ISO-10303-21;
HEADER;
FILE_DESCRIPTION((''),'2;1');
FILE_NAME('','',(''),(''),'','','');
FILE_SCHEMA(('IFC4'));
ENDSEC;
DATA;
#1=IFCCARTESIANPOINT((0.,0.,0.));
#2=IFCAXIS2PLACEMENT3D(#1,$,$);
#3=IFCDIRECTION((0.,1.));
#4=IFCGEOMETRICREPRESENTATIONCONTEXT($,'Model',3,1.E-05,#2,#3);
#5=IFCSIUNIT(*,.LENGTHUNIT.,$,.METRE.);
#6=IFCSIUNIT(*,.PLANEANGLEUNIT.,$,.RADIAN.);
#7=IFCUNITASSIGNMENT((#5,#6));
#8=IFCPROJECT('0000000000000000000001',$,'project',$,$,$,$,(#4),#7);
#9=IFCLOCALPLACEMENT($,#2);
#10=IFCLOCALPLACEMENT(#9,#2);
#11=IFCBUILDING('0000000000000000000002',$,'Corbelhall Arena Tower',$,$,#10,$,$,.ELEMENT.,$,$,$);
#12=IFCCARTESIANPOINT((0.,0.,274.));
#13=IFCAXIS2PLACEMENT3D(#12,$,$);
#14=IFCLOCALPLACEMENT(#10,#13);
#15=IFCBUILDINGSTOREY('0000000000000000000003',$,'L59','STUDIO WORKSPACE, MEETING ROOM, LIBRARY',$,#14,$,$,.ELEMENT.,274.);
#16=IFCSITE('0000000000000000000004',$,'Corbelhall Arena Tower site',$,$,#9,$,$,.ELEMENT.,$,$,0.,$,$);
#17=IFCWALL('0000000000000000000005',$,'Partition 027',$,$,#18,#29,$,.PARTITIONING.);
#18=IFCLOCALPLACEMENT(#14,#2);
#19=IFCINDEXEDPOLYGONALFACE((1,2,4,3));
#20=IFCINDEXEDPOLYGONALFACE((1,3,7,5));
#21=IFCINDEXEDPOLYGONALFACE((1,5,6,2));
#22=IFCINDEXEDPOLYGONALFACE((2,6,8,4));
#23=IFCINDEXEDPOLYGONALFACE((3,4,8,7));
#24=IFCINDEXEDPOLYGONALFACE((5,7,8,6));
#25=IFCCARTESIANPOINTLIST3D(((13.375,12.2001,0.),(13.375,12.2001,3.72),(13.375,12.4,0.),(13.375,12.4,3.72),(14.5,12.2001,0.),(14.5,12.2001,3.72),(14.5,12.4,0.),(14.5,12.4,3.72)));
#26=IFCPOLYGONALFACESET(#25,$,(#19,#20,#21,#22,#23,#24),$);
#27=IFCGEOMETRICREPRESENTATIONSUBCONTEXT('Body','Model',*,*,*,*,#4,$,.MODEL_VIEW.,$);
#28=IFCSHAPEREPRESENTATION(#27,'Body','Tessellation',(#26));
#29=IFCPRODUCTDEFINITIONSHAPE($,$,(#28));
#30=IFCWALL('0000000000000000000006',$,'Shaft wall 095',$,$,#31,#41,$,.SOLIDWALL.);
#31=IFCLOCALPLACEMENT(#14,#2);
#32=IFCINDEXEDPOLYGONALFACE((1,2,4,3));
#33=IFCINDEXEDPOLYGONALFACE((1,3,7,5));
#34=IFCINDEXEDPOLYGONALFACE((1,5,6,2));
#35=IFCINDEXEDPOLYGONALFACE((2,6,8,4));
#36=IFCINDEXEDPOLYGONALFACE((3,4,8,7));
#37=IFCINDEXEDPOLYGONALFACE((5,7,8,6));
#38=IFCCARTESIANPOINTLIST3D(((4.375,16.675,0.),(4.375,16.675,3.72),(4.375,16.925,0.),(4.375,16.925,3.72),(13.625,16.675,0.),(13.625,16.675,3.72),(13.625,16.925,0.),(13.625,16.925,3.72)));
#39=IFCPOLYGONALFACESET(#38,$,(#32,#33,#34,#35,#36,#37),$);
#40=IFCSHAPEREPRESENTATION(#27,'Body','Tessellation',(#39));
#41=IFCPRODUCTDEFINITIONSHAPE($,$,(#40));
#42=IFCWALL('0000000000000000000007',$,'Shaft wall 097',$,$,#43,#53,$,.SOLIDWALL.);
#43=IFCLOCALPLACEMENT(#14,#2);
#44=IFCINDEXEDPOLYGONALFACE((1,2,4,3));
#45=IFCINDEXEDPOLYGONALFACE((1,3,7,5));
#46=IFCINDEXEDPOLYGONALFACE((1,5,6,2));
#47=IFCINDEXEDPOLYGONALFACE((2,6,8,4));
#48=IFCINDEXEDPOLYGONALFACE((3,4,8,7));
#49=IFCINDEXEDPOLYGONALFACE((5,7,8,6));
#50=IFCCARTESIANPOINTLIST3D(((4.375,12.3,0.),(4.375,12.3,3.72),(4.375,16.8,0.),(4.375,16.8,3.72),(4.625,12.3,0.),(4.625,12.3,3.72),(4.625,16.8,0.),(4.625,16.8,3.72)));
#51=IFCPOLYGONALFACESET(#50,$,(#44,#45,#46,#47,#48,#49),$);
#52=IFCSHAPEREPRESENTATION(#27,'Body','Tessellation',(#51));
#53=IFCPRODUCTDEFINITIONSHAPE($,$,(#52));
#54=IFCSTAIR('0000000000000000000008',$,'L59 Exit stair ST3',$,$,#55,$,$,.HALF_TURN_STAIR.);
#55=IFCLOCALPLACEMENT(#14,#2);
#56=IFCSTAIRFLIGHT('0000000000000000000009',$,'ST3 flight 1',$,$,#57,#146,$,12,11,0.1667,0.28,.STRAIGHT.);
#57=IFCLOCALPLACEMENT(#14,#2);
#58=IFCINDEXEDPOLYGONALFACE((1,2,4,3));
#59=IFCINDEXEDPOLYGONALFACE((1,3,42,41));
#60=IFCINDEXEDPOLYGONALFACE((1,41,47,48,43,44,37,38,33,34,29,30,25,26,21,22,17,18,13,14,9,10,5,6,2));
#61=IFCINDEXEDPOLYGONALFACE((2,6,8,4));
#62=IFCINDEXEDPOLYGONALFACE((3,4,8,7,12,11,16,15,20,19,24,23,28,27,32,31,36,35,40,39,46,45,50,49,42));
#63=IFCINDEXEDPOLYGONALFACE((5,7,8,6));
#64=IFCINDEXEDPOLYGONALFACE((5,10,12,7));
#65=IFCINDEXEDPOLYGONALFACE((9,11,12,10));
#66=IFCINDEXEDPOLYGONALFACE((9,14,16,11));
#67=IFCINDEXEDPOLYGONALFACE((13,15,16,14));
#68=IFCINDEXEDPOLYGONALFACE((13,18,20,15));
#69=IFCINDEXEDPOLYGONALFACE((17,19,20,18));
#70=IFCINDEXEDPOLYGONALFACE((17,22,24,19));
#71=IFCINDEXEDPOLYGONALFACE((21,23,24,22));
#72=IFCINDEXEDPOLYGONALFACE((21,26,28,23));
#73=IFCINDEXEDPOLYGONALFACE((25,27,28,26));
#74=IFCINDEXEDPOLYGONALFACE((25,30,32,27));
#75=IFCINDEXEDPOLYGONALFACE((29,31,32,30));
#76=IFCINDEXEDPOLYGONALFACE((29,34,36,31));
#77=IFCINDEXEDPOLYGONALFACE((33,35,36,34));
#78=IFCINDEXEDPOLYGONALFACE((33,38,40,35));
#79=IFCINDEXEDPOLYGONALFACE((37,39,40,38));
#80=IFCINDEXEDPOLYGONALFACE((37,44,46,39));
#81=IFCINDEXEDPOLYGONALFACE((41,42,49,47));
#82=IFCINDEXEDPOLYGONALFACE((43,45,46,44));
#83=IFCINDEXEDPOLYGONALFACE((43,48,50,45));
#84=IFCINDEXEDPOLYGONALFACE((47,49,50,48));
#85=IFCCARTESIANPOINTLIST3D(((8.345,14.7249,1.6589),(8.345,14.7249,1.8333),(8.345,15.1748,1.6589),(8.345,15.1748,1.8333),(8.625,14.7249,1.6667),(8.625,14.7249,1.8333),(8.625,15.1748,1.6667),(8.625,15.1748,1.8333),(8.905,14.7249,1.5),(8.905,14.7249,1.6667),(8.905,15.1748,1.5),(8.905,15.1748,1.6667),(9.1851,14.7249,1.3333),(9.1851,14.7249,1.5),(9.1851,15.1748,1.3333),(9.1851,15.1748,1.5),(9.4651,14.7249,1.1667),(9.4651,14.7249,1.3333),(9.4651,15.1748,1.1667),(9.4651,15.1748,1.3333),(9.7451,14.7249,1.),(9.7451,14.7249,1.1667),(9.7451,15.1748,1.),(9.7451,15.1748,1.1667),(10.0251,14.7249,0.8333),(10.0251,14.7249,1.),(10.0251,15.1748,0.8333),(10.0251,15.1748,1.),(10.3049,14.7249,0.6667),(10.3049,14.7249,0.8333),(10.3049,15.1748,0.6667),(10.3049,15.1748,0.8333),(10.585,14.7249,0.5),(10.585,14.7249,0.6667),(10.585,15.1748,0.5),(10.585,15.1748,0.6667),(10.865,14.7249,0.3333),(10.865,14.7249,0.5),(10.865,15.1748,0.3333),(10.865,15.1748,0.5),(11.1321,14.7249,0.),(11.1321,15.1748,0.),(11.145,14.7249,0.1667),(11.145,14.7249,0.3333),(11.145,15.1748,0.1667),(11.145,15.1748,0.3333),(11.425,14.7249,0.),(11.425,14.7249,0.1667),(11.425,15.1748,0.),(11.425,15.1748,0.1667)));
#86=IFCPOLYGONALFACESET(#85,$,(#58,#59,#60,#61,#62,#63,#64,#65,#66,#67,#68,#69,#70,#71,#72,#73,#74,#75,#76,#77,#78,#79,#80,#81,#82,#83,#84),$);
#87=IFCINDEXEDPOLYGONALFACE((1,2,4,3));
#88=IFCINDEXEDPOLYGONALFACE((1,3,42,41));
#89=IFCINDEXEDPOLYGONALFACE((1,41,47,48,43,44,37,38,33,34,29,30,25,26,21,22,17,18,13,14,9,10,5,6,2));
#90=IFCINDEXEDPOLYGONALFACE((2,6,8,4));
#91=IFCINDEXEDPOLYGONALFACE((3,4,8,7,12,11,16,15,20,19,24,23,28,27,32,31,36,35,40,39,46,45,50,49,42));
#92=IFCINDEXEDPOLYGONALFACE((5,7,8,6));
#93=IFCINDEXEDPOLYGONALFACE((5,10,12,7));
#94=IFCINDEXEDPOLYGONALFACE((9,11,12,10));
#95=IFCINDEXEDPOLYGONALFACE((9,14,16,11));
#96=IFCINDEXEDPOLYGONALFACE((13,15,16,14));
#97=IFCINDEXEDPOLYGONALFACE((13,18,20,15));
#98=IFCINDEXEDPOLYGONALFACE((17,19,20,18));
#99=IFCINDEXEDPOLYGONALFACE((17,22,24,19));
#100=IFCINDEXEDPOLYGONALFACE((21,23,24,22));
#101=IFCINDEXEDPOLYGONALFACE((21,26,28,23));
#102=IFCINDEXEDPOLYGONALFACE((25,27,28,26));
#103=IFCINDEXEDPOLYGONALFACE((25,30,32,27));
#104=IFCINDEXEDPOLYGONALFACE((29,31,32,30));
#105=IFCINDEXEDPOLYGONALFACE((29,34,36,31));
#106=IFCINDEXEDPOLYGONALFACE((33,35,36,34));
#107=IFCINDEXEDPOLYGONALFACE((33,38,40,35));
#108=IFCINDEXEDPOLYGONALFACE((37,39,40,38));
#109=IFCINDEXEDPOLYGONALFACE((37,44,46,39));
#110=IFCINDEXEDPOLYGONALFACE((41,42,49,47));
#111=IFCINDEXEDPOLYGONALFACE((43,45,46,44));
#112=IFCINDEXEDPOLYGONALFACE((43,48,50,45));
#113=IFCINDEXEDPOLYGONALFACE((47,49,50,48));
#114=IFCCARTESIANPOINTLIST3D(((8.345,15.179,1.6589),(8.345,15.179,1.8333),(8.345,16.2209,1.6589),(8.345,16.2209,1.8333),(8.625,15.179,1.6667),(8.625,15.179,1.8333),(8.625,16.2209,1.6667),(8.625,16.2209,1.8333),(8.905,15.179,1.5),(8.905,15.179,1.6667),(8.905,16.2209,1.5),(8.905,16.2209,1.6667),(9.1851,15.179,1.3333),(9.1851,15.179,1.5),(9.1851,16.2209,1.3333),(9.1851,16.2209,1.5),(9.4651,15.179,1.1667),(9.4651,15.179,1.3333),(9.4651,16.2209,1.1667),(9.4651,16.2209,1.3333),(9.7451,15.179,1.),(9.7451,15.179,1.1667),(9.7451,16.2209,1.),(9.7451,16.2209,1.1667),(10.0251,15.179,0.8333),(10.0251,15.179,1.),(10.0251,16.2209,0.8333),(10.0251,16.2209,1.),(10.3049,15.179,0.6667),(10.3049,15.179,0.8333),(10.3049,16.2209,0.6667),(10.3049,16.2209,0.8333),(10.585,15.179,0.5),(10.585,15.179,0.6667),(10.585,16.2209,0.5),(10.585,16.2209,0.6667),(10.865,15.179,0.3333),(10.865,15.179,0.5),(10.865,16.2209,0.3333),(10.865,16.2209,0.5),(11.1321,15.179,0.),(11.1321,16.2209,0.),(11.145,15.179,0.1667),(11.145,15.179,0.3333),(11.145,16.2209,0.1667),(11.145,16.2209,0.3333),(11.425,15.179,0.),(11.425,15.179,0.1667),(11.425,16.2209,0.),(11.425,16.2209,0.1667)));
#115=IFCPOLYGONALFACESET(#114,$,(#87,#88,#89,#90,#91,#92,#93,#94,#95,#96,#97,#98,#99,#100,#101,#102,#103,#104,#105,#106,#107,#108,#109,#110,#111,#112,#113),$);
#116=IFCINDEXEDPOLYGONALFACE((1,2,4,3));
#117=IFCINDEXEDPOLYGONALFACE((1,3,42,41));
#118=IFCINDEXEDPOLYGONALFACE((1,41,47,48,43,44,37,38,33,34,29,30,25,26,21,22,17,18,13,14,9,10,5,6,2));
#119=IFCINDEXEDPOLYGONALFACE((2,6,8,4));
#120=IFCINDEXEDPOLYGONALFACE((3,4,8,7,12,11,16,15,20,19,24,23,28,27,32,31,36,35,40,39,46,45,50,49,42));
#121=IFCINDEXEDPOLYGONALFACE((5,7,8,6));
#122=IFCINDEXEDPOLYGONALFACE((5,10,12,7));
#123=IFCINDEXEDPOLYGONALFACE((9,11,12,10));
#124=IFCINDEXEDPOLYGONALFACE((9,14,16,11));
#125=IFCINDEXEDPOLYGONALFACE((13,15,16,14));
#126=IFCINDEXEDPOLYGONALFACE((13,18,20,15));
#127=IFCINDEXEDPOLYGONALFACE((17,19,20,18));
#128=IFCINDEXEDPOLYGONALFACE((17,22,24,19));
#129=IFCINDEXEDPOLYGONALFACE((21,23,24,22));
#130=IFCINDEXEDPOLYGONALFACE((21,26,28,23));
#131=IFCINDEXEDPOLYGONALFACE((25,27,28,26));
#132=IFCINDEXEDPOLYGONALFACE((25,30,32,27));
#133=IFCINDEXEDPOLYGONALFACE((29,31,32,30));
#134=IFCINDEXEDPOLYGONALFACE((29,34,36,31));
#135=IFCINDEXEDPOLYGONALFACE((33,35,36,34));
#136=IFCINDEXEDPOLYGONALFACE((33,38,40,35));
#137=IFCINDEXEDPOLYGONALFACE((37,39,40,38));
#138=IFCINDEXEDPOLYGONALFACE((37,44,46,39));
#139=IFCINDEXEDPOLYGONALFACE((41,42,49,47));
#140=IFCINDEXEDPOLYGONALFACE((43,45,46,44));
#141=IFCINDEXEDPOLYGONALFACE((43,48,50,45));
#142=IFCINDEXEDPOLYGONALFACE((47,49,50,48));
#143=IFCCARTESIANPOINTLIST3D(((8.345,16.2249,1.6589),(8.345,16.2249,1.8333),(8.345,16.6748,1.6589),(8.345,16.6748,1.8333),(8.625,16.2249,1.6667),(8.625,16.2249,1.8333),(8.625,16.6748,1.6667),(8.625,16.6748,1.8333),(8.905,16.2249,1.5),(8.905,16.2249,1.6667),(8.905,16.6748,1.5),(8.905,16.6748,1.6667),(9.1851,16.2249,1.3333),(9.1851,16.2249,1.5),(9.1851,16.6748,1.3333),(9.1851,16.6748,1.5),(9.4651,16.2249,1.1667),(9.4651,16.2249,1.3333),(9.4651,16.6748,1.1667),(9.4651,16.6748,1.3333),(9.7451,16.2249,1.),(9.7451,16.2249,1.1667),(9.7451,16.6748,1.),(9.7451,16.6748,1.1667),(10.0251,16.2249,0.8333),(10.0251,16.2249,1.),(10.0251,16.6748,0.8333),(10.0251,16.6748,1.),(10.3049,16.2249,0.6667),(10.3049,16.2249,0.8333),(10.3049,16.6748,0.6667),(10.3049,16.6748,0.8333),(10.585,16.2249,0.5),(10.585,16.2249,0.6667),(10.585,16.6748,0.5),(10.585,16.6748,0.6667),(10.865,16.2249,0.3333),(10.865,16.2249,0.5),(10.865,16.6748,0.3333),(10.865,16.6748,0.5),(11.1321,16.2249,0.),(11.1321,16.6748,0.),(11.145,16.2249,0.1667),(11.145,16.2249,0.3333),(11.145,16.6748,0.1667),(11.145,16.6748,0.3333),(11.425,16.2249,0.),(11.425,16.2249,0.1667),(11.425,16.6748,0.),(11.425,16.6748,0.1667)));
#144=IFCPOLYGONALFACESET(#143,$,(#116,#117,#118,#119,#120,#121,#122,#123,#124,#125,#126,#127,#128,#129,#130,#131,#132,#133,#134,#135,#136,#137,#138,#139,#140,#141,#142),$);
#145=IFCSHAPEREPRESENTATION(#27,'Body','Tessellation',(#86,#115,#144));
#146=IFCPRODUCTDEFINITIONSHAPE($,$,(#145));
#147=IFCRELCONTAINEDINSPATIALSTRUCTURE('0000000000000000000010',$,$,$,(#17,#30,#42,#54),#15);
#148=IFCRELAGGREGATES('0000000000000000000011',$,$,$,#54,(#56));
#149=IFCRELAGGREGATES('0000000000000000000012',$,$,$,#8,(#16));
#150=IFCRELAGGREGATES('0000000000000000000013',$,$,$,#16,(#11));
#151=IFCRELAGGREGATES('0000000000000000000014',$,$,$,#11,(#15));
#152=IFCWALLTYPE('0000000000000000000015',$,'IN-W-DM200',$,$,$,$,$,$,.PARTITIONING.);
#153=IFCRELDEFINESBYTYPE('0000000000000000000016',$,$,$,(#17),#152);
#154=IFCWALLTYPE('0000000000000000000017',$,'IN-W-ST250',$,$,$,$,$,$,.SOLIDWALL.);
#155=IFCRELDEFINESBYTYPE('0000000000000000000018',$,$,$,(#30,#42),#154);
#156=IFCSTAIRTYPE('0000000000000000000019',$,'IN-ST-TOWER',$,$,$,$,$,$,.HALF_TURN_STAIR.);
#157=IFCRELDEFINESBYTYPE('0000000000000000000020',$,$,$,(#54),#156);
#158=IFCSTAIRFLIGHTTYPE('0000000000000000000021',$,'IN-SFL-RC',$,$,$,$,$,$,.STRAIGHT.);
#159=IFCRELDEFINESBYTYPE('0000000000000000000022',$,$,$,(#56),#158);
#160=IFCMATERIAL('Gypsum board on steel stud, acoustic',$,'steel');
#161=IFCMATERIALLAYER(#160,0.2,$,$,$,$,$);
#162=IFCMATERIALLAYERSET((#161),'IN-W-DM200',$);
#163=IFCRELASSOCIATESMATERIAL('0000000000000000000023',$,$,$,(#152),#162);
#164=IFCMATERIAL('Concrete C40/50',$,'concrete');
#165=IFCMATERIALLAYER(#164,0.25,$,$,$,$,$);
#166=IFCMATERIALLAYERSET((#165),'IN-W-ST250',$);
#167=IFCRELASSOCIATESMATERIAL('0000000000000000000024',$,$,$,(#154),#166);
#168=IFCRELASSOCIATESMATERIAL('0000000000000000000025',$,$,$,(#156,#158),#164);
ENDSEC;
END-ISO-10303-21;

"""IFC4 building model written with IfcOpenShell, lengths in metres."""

from ifc_helpers import new_model, si_unit, direction, frame, frame_2d, origin, place, context, subcontext, project, spatial, polyline, rectangle, outline, extrude, material, layer, layer_set, type_object, element, aggregate, save


model = new_model("IFC4")

# Units and contexts
model_context = context("Model", 3, precision=1e-05, world=origin(), true_north=direction((0.0, 1.0)))
body_context = subcontext(model_context, "Body", "Model", "MODEL_VIEW")
ifc_project = project(units=[si_unit("LENGTHUNIT", "METRE"), si_unit("PLANEANGLEUNIT", "RADIAN")], contexts=[model_context])

# Site, building, storey
site_placement = place(None, origin())
site = spatial("IfcSite", under=ifc_project, at=site_placement, Name="Corbelhall Arena Tower site", CompositionType="ELEMENT", RefElevation=0.0)
building_placement = place(site_placement, origin())
building = spatial("IfcBuilding", under=site, at=building_placement, Name="Corbelhall Arena Tower", CompositionType="ELEMENT")
storey_placement = place(building_placement, frame((0.0, 0.0, 274.0)))
storey = spatial("IfcBuildingStorey", under=building, at=storey_placement, Name="L59", Description="STUDIO WORKSPACE, MEETING ROOM, LIBRARY", CompositionType="ELEMENT", Elevation=274.0)

# Walls
ifc_material_1 = material(Name="Gypsum board on steel stud, acoustic", Category="steel")
ifc_layer_1 = layer(ifc_material_1, 0.2)
ifc_layer_set_1 = layer_set([ifc_layer_1], Name="IN-W-DM200")
wall_type_1 = type_object("IfcWallType", Name="IN-W-DM200", PredefinedType="PARTITIONING", material=ifc_layer_set_1)
wall_1_placement = place(storey_placement, frame((13.375, 12.3, 0.0), z_axis=(0.0, 0.0, 1.0), x_axis=(1.0, 0.0, 0.0)))
element("IfcWall", 1, at=wall_1_placement, inside=storey, type_object=wall_type_1, Name="Partition 027", PredefinedType="PARTITIONING", context=body_context, shape_type="SweptSolid", body=[
    extrude(rectangle(XDim=1.125, YDim=0.2, at=frame_2d((0.5625, 0.0))), origin(), (0.0, 0.0, 1.0), 3.72),
])
ifc_material_2 = material(Name="Concrete C40/50", Category="concrete")
ifc_layer_2 = layer(ifc_material_2, 0.25)
ifc_layer_set_2 = layer_set([ifc_layer_2], Name="IN-W-ST250")
wall_type_2 = type_object("IfcWallType", Name="IN-W-ST250", PredefinedType="SOLIDWALL", material=ifc_layer_set_2)
wall_2_placement = place(storey_placement, frame((4.375, 16.8, 0.0), z_axis=(0.0, 0.0, 1.0), x_axis=(1.0, 0.0, 0.0)))
element("IfcWall", 2, at=wall_2_placement, inside=storey, type_object=wall_type_2, Name="Shaft wall 095", PredefinedType="SOLIDWALL", context=body_context, shape_type="SweptSolid", body=[
    extrude(rectangle(XDim=9.25, YDim=0.25, at=frame_2d((4.625, 0.0))), origin(), (0.0, 0.0, 1.0), 3.72),
])
wall_3_placement = place(storey_placement, frame((4.5, 12.3, 0.0), z_axis=(0.0, 0.0, 1.0), x_axis=(0.0, 1.0, 0.0)))
element("IfcWall", 3, at=wall_3_placement, inside=storey, type_object=wall_type_2, Name="Shaft wall 097", PredefinedType="SOLIDWALL", context=body_context, shape_type="SweptSolid", body=[
    extrude(rectangle(XDim=4.5, YDim=0.25, at=frame_2d((2.25, 0.0))), origin(), (0.0, 0.0, 1.0), 3.72),
])

# Stair, stair flight
stair_type = type_object("IfcStairType", Name="IN-ST-TOWER", PredefinedType="HALF_TURN_STAIR", material=ifc_material_2)
stair_placement = place(storey_placement, origin())
stair = element("IfcStair", 4, at=stair_placement, inside=storey, type_object=stair_type, Name="L59 Exit stair ST3", PredefinedType="HALF_TURN_STAIR")
stair_flight_type = type_object("IfcStairFlightType", Name="IN-SFL-RC", PredefinedType="STRAIGHT", material=ifc_material_2)
stair_flight_1_placement = place(storey_placement, frame((11.425, 15.7, 0.0), z_axis=(0.0, 0.0, 1.0), x_axis=(-1.0, 0.0, 0.0)))
stair_flight_1 = element("IfcStairFlight", 5, at=stair_flight_1_placement, type_object=stair_flight_type, Name="ST3 flight 1", NumberOfRisers=12, NumberOfTreads=11, PredefinedType="STRAIGHT", RiserHeight=0.1667, TreadLength=0.28, context=body_context, shape_type="SweptSolid", body=[
    extrude(outline(polyline([(0.0, 0.0), (0.0, 0.1667), (0.28, 0.1667), (0.28, 0.3333), (0.5601, 0.3333), (0.5601, 0.5), (0.8401, 0.5), (0.8401, 0.6667), (1.1201, 0.6667), (1.1201, 0.8333), (1.3999, 0.8333), (1.3999, 1.0), (1.6799, 1.0), (1.6799, 1.1667), (1.96, 1.1667), (1.96, 1.3333), (2.24, 1.3333), (2.24, 1.5), (2.52, 1.5), (2.52, 1.6667), (2.8, 1.6667), (2.8, 1.8333), (3.0801, 1.8333), (3.0801, 2.0), (3.0801, 1.6589), (0.293, 0.0), (0.0, 0.0)])), frame((0.0, 0.9751, 0.0), z_axis=(0.0, -1.0, 0.0), x_axis=(1.0, 0.0, 0.0)), (0.0, 0.0, 1.0), 0.45),
    extrude(outline(polyline([(0.0, 0.0), (0.0, 0.1667), (0.28, 0.1667), (0.28, 0.3333), (0.5601, 0.3333), (0.5601, 0.5), (0.8401, 0.5), (0.8401, 0.6667), (1.1201, 0.6667), (1.1201, 0.8333), (1.3999, 0.8333), (1.3999, 1.0), (1.6799, 1.0), (1.6799, 1.1667), (1.96, 1.1667), (1.96, 1.3333), (2.24, 1.3333), (2.24, 1.5), (2.52, 1.5), (2.52, 1.6667), (2.8, 1.6667), (2.8, 1.8333), (3.0801, 1.8333), (3.0801, 2.0), (3.0801, 1.6589), (0.293, 0.0), (0.0, 0.0)])), frame((0.0, 0.521, 0.0), z_axis=(0.0, -1.0, 0.0), x_axis=(1.0, 0.0, 0.0)), (0.0, 0.0, 1.0), 1.042),
    extrude(outline(polyline([(0.0, 0.0), (0.0, 0.1667), (0.28, 0.1667), (0.28, 0.3333), (0.5601, 0.3333), (0.5601, 0.5), (0.8401, 0.5), (0.8401, 0.6667), (1.1201, 0.6667), (1.1201, 0.8333), (1.3999, 0.8333), (1.3999, 1.0), (1.6799, 1.0), (1.6799, 1.1667), (1.96, 1.1667), (1.96, 1.3333), (2.24, 1.3333), (2.24, 1.5), (2.52, 1.5), (2.52, 1.6667), (2.8, 1.6667), (2.8, 1.8333), (3.0801, 1.8333), (3.0801, 2.0), (3.0801, 1.6589), (0.293, 0.0), (0.0, 0.0)])), frame((0.0, -0.5249, 0.0), z_axis=(0.0, -1.0, 0.0), x_axis=(1.0, 0.0, 0.0)), (0.0, 0.0, 1.0), 0.45),
])
aggregate(stair, [stair_flight_1])

save(model, "model.ifc")
